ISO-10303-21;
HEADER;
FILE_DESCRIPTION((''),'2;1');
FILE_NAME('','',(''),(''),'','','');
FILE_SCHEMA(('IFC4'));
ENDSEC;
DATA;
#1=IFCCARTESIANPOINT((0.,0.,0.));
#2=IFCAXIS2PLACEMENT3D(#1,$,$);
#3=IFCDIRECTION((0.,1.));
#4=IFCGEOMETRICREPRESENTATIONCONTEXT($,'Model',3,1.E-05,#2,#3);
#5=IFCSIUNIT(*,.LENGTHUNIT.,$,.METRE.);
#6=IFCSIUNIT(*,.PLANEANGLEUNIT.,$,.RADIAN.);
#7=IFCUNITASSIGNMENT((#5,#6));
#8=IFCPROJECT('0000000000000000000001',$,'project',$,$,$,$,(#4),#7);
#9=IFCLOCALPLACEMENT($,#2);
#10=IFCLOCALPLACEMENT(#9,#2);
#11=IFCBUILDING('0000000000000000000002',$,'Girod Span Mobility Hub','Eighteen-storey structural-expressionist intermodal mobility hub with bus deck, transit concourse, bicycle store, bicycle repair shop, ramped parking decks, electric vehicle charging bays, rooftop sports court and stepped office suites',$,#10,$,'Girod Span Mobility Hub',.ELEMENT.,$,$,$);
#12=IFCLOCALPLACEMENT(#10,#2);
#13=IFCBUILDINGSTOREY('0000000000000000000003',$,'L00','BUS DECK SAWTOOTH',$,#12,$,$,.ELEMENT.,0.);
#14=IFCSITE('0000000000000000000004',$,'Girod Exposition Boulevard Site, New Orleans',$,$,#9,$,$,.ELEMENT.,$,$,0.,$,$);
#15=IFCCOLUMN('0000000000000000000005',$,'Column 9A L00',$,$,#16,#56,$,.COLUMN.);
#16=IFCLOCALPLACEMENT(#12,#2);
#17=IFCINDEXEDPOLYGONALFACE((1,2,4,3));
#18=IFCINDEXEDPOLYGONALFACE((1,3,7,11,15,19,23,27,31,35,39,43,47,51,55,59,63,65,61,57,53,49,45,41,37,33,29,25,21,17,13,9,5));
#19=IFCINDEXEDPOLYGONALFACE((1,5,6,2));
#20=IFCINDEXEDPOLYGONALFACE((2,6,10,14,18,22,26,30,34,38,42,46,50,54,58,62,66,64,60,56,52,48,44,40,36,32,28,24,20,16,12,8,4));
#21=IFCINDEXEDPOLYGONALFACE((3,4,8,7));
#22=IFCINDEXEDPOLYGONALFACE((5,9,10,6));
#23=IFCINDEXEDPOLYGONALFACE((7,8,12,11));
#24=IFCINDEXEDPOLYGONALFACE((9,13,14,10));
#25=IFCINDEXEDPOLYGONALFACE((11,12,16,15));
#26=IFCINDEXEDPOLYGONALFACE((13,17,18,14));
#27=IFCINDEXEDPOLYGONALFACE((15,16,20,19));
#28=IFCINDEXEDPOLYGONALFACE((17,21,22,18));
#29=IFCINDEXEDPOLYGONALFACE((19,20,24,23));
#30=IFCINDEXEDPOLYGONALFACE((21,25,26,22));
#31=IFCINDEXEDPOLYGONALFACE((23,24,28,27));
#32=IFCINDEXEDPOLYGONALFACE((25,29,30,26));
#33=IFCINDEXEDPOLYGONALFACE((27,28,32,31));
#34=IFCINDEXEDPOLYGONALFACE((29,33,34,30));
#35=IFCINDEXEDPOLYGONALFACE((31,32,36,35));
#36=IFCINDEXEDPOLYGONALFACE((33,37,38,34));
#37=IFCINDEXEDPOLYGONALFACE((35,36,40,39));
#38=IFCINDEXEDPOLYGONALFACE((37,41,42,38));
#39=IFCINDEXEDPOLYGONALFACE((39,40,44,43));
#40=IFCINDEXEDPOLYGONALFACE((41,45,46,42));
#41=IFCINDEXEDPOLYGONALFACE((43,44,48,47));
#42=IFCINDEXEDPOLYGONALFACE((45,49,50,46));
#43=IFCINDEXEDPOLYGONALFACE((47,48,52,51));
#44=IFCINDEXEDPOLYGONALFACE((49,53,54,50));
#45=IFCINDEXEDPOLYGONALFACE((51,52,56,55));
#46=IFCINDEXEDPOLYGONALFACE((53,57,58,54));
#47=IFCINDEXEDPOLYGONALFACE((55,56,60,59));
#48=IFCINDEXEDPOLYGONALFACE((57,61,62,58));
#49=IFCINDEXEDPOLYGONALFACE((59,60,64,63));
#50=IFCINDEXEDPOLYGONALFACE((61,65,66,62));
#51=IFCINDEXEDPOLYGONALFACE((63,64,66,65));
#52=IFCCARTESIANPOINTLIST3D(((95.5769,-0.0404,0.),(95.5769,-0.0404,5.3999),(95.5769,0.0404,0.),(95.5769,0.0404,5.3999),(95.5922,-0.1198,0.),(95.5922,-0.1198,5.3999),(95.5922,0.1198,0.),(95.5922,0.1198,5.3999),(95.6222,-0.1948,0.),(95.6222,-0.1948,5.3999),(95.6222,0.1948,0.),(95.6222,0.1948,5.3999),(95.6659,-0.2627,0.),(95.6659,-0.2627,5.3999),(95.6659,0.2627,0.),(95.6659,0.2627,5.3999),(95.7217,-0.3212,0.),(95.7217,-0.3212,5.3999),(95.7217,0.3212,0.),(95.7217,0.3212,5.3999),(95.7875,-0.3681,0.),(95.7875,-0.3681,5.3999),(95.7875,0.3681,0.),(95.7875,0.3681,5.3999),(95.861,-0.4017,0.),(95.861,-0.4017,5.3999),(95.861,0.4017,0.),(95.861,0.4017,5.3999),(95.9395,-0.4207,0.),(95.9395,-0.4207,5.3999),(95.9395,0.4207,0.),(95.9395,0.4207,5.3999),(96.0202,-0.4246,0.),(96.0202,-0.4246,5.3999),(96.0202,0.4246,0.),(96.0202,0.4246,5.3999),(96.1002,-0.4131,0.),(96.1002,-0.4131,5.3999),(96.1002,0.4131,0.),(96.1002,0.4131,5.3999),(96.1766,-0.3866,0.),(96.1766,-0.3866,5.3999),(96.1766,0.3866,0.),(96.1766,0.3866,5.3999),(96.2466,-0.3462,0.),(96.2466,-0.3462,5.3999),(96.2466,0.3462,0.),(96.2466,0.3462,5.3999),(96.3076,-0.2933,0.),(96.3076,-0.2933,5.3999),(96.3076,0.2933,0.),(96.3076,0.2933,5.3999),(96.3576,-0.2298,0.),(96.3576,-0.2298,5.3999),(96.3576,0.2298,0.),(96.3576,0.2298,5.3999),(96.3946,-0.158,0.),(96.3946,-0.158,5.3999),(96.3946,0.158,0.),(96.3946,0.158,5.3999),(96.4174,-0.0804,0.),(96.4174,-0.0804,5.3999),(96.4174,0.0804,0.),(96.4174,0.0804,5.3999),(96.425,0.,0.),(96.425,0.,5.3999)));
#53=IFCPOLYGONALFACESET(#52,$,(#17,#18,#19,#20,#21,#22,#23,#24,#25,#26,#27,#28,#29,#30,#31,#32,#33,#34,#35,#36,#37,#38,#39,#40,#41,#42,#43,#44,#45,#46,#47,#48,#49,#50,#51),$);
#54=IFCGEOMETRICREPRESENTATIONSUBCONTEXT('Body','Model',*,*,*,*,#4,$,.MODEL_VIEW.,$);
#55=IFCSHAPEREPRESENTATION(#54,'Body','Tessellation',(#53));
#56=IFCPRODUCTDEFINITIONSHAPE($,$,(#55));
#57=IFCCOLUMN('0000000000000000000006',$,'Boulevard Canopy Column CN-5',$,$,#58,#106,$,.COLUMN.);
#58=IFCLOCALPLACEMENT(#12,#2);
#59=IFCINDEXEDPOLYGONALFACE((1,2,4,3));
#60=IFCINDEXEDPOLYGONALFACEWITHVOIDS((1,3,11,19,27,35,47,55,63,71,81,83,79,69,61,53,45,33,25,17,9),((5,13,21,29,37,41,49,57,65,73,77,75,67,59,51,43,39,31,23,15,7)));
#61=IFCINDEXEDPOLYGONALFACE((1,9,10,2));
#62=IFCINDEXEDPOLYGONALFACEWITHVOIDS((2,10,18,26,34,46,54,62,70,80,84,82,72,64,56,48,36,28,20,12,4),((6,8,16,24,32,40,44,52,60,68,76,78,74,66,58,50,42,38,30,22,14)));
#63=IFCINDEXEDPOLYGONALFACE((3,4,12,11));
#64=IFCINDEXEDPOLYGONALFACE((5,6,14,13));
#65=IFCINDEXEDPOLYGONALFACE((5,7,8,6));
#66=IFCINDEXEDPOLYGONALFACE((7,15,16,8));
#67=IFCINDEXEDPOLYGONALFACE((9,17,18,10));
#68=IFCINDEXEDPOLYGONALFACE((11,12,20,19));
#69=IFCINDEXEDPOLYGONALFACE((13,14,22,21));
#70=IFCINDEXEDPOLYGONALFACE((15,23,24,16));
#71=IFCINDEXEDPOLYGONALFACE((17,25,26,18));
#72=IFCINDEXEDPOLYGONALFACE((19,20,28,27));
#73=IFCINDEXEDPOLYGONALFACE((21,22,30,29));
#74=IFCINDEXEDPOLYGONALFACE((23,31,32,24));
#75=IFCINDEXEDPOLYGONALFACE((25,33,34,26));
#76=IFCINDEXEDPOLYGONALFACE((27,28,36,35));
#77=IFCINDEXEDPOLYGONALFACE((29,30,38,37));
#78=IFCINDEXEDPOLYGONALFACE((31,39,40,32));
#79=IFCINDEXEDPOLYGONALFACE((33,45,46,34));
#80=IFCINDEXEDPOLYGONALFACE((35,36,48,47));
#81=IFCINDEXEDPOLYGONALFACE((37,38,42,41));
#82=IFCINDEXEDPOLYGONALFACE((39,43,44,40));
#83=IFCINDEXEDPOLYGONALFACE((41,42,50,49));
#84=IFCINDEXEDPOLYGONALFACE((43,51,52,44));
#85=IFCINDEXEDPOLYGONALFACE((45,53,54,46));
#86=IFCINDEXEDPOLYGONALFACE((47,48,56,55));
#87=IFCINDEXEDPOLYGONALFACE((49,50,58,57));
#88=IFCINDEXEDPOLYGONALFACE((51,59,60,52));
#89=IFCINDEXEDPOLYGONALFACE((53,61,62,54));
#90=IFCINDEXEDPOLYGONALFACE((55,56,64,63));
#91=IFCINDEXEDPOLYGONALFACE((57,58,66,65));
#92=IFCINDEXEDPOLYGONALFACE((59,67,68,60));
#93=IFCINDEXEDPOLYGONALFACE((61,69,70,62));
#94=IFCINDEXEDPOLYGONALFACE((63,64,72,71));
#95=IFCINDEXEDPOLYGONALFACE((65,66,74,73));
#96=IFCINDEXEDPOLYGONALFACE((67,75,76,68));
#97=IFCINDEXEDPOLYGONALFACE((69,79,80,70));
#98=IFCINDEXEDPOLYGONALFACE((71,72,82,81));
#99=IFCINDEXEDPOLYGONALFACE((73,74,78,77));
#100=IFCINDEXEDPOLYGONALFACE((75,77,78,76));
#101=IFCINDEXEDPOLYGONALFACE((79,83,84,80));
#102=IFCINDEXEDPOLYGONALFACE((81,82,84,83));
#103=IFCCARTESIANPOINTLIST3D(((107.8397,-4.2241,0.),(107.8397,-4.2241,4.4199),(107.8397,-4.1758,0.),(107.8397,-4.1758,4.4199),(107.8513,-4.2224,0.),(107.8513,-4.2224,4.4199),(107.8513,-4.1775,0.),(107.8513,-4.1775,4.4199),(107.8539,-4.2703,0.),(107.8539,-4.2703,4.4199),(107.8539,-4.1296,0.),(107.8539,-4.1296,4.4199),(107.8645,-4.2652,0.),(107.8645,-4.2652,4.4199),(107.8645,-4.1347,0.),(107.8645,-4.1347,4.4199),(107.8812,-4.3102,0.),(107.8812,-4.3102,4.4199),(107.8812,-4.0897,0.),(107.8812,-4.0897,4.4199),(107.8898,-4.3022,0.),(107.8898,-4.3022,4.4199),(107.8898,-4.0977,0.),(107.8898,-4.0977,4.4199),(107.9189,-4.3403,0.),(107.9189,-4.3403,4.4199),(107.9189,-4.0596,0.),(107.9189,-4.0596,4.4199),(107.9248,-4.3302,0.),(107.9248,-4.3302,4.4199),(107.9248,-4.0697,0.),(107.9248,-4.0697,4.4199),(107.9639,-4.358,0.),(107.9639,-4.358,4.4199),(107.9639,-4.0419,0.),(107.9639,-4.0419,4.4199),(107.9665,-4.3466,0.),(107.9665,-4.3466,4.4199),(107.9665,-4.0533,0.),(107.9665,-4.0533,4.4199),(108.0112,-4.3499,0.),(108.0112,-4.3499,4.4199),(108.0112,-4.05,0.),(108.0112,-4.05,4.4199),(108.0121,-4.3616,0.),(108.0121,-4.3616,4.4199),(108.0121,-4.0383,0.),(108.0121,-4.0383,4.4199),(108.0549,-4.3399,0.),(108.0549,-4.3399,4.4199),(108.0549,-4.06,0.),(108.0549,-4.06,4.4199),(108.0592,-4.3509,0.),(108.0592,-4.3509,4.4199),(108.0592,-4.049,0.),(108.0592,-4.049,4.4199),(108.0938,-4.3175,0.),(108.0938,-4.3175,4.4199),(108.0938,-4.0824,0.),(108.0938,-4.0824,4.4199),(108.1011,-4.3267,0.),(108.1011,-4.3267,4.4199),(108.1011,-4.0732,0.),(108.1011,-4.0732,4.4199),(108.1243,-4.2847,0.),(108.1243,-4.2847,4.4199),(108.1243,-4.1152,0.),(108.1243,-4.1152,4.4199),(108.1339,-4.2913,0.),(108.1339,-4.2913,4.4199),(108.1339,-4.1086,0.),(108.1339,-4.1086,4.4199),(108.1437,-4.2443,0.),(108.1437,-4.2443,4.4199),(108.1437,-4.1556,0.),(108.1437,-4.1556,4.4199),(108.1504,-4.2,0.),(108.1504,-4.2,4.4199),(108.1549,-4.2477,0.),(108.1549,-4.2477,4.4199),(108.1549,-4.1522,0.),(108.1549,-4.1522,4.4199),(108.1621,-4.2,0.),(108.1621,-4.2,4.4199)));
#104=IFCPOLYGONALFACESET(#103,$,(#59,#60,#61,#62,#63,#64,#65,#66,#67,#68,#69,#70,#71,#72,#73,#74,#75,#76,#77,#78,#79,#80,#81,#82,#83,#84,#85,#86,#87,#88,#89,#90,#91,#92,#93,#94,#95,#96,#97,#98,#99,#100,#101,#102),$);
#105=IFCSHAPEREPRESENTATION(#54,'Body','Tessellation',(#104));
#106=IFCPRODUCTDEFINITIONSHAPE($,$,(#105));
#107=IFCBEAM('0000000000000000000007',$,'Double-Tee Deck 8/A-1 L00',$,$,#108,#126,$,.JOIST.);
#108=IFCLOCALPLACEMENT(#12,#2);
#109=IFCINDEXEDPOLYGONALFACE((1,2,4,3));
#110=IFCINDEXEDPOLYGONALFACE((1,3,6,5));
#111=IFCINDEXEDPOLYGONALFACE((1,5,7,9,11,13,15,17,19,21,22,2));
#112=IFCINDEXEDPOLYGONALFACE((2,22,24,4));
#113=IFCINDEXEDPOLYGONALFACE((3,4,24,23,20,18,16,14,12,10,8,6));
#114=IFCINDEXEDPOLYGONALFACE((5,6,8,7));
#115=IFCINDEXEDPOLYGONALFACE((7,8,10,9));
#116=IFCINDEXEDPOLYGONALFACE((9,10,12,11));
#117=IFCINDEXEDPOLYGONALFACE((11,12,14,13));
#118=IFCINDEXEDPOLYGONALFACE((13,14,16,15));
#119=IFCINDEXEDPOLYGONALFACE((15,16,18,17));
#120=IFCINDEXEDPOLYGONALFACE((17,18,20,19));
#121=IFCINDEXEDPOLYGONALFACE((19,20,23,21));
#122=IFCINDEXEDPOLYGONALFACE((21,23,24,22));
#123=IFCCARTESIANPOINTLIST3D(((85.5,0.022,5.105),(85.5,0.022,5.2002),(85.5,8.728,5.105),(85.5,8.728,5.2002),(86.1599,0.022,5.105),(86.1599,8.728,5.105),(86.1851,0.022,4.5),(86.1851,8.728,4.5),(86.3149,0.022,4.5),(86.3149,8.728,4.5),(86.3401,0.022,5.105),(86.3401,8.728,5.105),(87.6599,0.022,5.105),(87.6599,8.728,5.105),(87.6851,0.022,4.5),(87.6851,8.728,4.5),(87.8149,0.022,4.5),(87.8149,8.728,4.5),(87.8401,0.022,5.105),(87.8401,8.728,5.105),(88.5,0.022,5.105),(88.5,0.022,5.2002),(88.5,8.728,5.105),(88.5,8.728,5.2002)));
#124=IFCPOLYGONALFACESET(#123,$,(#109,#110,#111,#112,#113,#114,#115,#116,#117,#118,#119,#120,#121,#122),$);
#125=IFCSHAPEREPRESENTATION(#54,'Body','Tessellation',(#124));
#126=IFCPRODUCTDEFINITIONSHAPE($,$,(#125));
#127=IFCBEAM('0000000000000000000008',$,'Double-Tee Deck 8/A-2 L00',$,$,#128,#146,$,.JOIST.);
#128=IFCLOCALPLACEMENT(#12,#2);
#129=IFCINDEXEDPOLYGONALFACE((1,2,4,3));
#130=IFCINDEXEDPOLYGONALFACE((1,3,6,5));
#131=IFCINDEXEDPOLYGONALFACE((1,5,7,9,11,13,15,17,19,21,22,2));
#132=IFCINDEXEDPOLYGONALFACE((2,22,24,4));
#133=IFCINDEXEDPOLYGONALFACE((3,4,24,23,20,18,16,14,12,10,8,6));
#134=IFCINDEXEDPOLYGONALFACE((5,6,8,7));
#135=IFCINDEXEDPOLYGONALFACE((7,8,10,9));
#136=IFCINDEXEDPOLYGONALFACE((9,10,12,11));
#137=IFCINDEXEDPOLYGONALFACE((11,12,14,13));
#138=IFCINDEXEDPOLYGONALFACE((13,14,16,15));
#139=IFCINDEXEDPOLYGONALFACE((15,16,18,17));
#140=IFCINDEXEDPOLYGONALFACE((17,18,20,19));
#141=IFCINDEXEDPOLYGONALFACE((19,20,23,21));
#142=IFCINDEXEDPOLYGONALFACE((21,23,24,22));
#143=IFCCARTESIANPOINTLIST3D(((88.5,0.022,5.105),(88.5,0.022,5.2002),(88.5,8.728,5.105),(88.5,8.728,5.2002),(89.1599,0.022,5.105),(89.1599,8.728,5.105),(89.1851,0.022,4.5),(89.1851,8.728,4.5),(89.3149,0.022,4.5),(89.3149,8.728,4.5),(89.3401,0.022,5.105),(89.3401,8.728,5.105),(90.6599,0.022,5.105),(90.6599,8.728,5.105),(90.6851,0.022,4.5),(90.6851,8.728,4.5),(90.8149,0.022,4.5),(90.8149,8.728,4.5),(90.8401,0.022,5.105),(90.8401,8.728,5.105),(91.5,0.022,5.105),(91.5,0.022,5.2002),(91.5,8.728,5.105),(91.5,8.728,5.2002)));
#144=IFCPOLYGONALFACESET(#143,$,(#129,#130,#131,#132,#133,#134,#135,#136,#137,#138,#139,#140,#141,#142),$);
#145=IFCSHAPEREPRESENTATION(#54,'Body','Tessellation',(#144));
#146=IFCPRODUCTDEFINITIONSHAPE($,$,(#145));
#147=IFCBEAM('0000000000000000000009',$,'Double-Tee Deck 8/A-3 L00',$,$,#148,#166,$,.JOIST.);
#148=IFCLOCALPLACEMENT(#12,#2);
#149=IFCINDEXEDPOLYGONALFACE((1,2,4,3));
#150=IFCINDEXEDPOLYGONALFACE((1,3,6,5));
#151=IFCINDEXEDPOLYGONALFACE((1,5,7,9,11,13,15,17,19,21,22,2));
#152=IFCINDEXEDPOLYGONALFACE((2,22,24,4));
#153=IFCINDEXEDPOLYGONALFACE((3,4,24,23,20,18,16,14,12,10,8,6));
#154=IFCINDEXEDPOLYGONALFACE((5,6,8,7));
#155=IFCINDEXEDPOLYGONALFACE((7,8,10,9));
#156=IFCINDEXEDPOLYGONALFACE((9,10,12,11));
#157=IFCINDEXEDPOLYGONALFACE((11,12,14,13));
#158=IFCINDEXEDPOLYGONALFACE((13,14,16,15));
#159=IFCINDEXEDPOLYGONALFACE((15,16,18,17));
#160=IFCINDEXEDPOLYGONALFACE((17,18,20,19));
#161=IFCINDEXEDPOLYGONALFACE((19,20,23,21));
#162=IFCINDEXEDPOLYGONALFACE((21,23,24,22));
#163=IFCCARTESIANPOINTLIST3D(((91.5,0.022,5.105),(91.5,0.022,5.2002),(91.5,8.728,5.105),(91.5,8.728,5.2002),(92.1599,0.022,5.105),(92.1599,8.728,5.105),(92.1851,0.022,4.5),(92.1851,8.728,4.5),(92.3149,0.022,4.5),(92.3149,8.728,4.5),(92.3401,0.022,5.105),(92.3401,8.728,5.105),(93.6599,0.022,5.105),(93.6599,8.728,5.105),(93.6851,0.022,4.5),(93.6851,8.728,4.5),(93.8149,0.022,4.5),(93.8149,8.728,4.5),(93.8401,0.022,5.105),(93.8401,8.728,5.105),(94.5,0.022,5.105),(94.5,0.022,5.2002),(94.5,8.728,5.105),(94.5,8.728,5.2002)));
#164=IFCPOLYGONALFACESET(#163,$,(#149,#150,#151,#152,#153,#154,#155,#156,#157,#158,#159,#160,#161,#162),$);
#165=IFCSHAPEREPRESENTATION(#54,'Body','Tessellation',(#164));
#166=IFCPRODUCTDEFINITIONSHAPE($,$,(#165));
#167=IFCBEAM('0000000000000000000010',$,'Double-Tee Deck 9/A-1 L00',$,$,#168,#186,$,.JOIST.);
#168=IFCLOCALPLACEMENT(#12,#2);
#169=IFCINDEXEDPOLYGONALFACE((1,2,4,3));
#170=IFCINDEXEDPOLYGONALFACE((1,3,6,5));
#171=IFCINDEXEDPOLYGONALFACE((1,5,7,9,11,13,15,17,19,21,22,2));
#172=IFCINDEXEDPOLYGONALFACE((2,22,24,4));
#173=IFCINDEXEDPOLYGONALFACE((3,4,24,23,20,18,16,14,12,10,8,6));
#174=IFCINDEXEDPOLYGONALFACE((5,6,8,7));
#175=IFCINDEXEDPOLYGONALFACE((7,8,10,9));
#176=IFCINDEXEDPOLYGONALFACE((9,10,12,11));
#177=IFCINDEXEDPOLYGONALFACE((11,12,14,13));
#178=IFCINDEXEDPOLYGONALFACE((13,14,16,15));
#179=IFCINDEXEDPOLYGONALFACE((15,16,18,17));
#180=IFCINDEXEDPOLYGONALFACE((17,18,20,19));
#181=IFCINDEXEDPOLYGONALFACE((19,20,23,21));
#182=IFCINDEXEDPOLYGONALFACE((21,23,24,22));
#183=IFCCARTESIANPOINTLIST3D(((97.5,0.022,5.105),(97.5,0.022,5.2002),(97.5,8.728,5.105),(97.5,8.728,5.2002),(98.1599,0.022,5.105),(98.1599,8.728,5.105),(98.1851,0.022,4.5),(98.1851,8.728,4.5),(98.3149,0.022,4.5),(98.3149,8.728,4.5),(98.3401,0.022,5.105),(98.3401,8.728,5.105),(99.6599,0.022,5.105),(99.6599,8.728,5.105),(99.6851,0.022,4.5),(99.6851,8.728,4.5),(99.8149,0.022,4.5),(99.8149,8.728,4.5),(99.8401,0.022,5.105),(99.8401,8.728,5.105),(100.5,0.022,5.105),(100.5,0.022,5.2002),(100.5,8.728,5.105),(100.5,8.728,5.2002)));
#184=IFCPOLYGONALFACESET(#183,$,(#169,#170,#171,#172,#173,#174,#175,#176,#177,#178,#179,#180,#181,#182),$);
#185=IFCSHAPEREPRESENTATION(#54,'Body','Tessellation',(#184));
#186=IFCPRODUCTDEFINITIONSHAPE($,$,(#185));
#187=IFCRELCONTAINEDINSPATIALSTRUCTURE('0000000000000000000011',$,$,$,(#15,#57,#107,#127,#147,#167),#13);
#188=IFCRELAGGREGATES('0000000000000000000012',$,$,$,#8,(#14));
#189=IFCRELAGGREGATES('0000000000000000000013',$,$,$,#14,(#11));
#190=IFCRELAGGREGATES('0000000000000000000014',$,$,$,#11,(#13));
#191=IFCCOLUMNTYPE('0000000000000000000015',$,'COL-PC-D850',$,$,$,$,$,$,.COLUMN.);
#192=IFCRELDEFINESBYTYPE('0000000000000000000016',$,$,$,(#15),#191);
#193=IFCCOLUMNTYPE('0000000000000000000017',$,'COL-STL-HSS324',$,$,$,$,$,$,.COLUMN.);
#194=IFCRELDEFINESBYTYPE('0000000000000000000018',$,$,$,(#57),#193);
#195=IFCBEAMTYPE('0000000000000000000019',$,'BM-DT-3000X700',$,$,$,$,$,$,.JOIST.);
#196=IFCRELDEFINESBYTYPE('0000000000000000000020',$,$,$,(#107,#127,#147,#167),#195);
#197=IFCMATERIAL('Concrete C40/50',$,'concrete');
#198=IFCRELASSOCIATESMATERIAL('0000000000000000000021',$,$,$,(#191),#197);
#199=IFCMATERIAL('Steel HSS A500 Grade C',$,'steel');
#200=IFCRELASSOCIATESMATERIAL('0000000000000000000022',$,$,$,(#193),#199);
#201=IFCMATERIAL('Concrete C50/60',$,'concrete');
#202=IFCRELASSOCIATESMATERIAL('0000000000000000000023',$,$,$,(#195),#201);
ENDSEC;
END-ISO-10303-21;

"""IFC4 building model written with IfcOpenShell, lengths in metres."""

from ifc_helpers import new_model, si_unit, direction, frame, origin, origin_2d, place, context, subcontext, project, spatial, polyline, circle, hollow_circle, outline, extrude, material, material_profile, profile_set, type_object, element, save


model = new_model("IFC4")

# Units and contexts
model_context = context("Model", 3, precision=1e-05, world=origin(), true_north=direction((0.0, 1.0)))
body_context = subcontext(model_context, "Body", "Model", "MODEL_VIEW")
ifc_project = project(units=[si_unit("LENGTHUNIT", "METRE"), si_unit("PLANEANGLEUNIT", "RADIAN")], contexts=[model_context])

# Site, building, storey
site_placement = place(None, origin())
site = spatial("IfcSite", under=ifc_project, at=site_placement, Name="Girod Exposition Boulevard Site, New Orleans", CompositionType="ELEMENT", RefElevation=0.0)
building_placement = place(site_placement, origin())
building = spatial("IfcBuilding", under=site, at=building_placement, Name="Girod Span Mobility Hub", Description="Eighteen-storey structural-expressionist intermodal mobility hub with bus deck, transit concourse, bicycle store, bicycle repair shop, ramped parking decks, electric vehicle charging bays, rooftop sports court and stepped office suites", LongName="Girod Span Mobility Hub", CompositionType="ELEMENT")
storey_placement = place(building_placement, origin())
storey = spatial("IfcBuildingStorey", under=building, at=storey_placement, Name="L00", Description="BUS DECK SAWTOOTH", CompositionType="ELEMENT", Elevation=0.0)

# Columns
ifc_material_1 = material(Name="Concrete C40/50", Category="concrete")
ifc_material_profile_1 = material_profile(ifc_material_1, circle(Radius=0.425, at=origin_2d()), Name="PC-CIR-D850")
ifc_profile_set_1 = profile_set([ifc_material_profile_1], Name="Concrete C40/50")
column_type_1 = type_object("IfcColumnType", Name="COL-PC-D850", PredefinedType="COLUMN", material=ifc_profile_set_1)
for number, where, z_axis, x_axis, name in (
    (1, (96.0, 0.0, 0.0), (0.0, 0.0, 1.0), (1.0, 0.0, 0.0), "Column 9A L00"),
):
    element("IfcColumn", number, at=place(storey_placement, frame(where, z_axis=z_axis, x_axis=x_axis)), inside=storey, type_object=column_type_1, Name=name, PredefinedType="COLUMN", context=body_context, shape_type="SweptSolid", body=[
        extrude(circle(Radius=0.425, at=origin_2d()), origin(), (0.0, 0.0, 1.0), 5.3999),
    ])
ifc_material_2 = material(Name="Steel HSS A500 Grade C", Category="steel")
ifc_material_profile_2 = material_profile(ifc_material_2, hollow_circle(Radius=0.1621, WallThickness=0.0117, at=origin_2d()), Name="HSS324X12.7")
ifc_profile_set_2 = profile_set([ifc_material_profile_2], Name="Steel HSS A500 Grade C")
column_type_2 = type_object("IfcColumnType", Name="COL-STL-HSS324", PredefinedType="COLUMN", material=ifc_profile_set_2)
column_placement = place(storey_placement, frame((108.0, -4.2, 0.0), z_axis=(0.0, 0.0, 1.0), x_axis=(1.0, 0.0, 0.0)))
element("IfcColumn", 2, at=column_placement, inside=storey, type_object=column_type_2, Name="Boulevard Canopy Column CN-5", PredefinedType="COLUMN", context=body_context, shape_type="SweptSolid", body=[
    extrude(hollow_circle(Radius=0.1621, WallThickness=0.0117, at=origin_2d()), origin(), (0.0, 0.0, 1.0), 4.4199),
])

# Beams
ifc_material_3 = material(Name="Concrete C50/60", Category="concrete")
ifc_material_profile_3 = material_profile(ifc_material_3, outline(polyline([(-1.5, 0.3501), (-1.5, 0.2549), (-0.8401, 0.2549), (-0.8149, -0.3501), (-0.6851, -0.3501), (-0.6599, 0.2549), (0.6599, 0.2549), (0.6851, -0.3501), (0.8149, -0.3501), (0.8401, 0.2549), (1.5, 0.2549), (1.5, 0.3501), (-1.5, 0.3501)])), Name="DT-3000X700")
ifc_profile_set_3 = profile_set([ifc_material_profile_3], Name="Concrete C50/60")
beam_type_1 = type_object("IfcBeamType", Name="BM-DT-3000X700", PredefinedType="JOIST", material=ifc_profile_set_3)
for number, where, z_axis, x_axis, name in (
    (3, (87.0, 0.022, 4.8501), (0.0, 1.0, 0.0), (-1.0, 0.0, 0.0), "Double-Tee Deck 8/A-1 L00"),
    (4, (90.0, 0.022, 4.8501), (0.0, 1.0, 0.0), (-1.0, 0.0, 0.0), "Double-Tee Deck 8/A-2 L00"),
    (5, (93.0, 0.022, 4.8501), (0.0, 1.0, 0.0), (-1.0, 0.0, 0.0), "Double-Tee Deck 8/A-3 L00"),
    (6, (99.0, 0.022, 4.8501), (0.0, 1.0, 0.0), (-1.0, 0.0, 0.0), "Double-Tee Deck 9/A-1 L00"),
):
    element("IfcBeam", number, at=place(storey_placement, frame(where, z_axis=z_axis, x_axis=x_axis)), inside=storey, type_object=beam_type_1, Name=name, PredefinedType="JOIST", context=body_context, shape_type="SweptSolid", body=[
        extrude(outline(polyline([(-1.5, 0.3501), (-1.5, 0.2549), (-0.8401, 0.2549), (-0.8149, -0.3501), (-0.6851, -0.3501), (-0.6599, 0.2549), (0.6599, 0.2549), (0.6851, -0.3501), (0.8149, -0.3501), (0.8401, 0.2549), (1.5, 0.2549), (1.5, 0.3501), (-1.5, 0.3501)])), origin(), (0.0, 0.0, 1.0), 8.7061),
    ])

save(model, "model.ifc")
